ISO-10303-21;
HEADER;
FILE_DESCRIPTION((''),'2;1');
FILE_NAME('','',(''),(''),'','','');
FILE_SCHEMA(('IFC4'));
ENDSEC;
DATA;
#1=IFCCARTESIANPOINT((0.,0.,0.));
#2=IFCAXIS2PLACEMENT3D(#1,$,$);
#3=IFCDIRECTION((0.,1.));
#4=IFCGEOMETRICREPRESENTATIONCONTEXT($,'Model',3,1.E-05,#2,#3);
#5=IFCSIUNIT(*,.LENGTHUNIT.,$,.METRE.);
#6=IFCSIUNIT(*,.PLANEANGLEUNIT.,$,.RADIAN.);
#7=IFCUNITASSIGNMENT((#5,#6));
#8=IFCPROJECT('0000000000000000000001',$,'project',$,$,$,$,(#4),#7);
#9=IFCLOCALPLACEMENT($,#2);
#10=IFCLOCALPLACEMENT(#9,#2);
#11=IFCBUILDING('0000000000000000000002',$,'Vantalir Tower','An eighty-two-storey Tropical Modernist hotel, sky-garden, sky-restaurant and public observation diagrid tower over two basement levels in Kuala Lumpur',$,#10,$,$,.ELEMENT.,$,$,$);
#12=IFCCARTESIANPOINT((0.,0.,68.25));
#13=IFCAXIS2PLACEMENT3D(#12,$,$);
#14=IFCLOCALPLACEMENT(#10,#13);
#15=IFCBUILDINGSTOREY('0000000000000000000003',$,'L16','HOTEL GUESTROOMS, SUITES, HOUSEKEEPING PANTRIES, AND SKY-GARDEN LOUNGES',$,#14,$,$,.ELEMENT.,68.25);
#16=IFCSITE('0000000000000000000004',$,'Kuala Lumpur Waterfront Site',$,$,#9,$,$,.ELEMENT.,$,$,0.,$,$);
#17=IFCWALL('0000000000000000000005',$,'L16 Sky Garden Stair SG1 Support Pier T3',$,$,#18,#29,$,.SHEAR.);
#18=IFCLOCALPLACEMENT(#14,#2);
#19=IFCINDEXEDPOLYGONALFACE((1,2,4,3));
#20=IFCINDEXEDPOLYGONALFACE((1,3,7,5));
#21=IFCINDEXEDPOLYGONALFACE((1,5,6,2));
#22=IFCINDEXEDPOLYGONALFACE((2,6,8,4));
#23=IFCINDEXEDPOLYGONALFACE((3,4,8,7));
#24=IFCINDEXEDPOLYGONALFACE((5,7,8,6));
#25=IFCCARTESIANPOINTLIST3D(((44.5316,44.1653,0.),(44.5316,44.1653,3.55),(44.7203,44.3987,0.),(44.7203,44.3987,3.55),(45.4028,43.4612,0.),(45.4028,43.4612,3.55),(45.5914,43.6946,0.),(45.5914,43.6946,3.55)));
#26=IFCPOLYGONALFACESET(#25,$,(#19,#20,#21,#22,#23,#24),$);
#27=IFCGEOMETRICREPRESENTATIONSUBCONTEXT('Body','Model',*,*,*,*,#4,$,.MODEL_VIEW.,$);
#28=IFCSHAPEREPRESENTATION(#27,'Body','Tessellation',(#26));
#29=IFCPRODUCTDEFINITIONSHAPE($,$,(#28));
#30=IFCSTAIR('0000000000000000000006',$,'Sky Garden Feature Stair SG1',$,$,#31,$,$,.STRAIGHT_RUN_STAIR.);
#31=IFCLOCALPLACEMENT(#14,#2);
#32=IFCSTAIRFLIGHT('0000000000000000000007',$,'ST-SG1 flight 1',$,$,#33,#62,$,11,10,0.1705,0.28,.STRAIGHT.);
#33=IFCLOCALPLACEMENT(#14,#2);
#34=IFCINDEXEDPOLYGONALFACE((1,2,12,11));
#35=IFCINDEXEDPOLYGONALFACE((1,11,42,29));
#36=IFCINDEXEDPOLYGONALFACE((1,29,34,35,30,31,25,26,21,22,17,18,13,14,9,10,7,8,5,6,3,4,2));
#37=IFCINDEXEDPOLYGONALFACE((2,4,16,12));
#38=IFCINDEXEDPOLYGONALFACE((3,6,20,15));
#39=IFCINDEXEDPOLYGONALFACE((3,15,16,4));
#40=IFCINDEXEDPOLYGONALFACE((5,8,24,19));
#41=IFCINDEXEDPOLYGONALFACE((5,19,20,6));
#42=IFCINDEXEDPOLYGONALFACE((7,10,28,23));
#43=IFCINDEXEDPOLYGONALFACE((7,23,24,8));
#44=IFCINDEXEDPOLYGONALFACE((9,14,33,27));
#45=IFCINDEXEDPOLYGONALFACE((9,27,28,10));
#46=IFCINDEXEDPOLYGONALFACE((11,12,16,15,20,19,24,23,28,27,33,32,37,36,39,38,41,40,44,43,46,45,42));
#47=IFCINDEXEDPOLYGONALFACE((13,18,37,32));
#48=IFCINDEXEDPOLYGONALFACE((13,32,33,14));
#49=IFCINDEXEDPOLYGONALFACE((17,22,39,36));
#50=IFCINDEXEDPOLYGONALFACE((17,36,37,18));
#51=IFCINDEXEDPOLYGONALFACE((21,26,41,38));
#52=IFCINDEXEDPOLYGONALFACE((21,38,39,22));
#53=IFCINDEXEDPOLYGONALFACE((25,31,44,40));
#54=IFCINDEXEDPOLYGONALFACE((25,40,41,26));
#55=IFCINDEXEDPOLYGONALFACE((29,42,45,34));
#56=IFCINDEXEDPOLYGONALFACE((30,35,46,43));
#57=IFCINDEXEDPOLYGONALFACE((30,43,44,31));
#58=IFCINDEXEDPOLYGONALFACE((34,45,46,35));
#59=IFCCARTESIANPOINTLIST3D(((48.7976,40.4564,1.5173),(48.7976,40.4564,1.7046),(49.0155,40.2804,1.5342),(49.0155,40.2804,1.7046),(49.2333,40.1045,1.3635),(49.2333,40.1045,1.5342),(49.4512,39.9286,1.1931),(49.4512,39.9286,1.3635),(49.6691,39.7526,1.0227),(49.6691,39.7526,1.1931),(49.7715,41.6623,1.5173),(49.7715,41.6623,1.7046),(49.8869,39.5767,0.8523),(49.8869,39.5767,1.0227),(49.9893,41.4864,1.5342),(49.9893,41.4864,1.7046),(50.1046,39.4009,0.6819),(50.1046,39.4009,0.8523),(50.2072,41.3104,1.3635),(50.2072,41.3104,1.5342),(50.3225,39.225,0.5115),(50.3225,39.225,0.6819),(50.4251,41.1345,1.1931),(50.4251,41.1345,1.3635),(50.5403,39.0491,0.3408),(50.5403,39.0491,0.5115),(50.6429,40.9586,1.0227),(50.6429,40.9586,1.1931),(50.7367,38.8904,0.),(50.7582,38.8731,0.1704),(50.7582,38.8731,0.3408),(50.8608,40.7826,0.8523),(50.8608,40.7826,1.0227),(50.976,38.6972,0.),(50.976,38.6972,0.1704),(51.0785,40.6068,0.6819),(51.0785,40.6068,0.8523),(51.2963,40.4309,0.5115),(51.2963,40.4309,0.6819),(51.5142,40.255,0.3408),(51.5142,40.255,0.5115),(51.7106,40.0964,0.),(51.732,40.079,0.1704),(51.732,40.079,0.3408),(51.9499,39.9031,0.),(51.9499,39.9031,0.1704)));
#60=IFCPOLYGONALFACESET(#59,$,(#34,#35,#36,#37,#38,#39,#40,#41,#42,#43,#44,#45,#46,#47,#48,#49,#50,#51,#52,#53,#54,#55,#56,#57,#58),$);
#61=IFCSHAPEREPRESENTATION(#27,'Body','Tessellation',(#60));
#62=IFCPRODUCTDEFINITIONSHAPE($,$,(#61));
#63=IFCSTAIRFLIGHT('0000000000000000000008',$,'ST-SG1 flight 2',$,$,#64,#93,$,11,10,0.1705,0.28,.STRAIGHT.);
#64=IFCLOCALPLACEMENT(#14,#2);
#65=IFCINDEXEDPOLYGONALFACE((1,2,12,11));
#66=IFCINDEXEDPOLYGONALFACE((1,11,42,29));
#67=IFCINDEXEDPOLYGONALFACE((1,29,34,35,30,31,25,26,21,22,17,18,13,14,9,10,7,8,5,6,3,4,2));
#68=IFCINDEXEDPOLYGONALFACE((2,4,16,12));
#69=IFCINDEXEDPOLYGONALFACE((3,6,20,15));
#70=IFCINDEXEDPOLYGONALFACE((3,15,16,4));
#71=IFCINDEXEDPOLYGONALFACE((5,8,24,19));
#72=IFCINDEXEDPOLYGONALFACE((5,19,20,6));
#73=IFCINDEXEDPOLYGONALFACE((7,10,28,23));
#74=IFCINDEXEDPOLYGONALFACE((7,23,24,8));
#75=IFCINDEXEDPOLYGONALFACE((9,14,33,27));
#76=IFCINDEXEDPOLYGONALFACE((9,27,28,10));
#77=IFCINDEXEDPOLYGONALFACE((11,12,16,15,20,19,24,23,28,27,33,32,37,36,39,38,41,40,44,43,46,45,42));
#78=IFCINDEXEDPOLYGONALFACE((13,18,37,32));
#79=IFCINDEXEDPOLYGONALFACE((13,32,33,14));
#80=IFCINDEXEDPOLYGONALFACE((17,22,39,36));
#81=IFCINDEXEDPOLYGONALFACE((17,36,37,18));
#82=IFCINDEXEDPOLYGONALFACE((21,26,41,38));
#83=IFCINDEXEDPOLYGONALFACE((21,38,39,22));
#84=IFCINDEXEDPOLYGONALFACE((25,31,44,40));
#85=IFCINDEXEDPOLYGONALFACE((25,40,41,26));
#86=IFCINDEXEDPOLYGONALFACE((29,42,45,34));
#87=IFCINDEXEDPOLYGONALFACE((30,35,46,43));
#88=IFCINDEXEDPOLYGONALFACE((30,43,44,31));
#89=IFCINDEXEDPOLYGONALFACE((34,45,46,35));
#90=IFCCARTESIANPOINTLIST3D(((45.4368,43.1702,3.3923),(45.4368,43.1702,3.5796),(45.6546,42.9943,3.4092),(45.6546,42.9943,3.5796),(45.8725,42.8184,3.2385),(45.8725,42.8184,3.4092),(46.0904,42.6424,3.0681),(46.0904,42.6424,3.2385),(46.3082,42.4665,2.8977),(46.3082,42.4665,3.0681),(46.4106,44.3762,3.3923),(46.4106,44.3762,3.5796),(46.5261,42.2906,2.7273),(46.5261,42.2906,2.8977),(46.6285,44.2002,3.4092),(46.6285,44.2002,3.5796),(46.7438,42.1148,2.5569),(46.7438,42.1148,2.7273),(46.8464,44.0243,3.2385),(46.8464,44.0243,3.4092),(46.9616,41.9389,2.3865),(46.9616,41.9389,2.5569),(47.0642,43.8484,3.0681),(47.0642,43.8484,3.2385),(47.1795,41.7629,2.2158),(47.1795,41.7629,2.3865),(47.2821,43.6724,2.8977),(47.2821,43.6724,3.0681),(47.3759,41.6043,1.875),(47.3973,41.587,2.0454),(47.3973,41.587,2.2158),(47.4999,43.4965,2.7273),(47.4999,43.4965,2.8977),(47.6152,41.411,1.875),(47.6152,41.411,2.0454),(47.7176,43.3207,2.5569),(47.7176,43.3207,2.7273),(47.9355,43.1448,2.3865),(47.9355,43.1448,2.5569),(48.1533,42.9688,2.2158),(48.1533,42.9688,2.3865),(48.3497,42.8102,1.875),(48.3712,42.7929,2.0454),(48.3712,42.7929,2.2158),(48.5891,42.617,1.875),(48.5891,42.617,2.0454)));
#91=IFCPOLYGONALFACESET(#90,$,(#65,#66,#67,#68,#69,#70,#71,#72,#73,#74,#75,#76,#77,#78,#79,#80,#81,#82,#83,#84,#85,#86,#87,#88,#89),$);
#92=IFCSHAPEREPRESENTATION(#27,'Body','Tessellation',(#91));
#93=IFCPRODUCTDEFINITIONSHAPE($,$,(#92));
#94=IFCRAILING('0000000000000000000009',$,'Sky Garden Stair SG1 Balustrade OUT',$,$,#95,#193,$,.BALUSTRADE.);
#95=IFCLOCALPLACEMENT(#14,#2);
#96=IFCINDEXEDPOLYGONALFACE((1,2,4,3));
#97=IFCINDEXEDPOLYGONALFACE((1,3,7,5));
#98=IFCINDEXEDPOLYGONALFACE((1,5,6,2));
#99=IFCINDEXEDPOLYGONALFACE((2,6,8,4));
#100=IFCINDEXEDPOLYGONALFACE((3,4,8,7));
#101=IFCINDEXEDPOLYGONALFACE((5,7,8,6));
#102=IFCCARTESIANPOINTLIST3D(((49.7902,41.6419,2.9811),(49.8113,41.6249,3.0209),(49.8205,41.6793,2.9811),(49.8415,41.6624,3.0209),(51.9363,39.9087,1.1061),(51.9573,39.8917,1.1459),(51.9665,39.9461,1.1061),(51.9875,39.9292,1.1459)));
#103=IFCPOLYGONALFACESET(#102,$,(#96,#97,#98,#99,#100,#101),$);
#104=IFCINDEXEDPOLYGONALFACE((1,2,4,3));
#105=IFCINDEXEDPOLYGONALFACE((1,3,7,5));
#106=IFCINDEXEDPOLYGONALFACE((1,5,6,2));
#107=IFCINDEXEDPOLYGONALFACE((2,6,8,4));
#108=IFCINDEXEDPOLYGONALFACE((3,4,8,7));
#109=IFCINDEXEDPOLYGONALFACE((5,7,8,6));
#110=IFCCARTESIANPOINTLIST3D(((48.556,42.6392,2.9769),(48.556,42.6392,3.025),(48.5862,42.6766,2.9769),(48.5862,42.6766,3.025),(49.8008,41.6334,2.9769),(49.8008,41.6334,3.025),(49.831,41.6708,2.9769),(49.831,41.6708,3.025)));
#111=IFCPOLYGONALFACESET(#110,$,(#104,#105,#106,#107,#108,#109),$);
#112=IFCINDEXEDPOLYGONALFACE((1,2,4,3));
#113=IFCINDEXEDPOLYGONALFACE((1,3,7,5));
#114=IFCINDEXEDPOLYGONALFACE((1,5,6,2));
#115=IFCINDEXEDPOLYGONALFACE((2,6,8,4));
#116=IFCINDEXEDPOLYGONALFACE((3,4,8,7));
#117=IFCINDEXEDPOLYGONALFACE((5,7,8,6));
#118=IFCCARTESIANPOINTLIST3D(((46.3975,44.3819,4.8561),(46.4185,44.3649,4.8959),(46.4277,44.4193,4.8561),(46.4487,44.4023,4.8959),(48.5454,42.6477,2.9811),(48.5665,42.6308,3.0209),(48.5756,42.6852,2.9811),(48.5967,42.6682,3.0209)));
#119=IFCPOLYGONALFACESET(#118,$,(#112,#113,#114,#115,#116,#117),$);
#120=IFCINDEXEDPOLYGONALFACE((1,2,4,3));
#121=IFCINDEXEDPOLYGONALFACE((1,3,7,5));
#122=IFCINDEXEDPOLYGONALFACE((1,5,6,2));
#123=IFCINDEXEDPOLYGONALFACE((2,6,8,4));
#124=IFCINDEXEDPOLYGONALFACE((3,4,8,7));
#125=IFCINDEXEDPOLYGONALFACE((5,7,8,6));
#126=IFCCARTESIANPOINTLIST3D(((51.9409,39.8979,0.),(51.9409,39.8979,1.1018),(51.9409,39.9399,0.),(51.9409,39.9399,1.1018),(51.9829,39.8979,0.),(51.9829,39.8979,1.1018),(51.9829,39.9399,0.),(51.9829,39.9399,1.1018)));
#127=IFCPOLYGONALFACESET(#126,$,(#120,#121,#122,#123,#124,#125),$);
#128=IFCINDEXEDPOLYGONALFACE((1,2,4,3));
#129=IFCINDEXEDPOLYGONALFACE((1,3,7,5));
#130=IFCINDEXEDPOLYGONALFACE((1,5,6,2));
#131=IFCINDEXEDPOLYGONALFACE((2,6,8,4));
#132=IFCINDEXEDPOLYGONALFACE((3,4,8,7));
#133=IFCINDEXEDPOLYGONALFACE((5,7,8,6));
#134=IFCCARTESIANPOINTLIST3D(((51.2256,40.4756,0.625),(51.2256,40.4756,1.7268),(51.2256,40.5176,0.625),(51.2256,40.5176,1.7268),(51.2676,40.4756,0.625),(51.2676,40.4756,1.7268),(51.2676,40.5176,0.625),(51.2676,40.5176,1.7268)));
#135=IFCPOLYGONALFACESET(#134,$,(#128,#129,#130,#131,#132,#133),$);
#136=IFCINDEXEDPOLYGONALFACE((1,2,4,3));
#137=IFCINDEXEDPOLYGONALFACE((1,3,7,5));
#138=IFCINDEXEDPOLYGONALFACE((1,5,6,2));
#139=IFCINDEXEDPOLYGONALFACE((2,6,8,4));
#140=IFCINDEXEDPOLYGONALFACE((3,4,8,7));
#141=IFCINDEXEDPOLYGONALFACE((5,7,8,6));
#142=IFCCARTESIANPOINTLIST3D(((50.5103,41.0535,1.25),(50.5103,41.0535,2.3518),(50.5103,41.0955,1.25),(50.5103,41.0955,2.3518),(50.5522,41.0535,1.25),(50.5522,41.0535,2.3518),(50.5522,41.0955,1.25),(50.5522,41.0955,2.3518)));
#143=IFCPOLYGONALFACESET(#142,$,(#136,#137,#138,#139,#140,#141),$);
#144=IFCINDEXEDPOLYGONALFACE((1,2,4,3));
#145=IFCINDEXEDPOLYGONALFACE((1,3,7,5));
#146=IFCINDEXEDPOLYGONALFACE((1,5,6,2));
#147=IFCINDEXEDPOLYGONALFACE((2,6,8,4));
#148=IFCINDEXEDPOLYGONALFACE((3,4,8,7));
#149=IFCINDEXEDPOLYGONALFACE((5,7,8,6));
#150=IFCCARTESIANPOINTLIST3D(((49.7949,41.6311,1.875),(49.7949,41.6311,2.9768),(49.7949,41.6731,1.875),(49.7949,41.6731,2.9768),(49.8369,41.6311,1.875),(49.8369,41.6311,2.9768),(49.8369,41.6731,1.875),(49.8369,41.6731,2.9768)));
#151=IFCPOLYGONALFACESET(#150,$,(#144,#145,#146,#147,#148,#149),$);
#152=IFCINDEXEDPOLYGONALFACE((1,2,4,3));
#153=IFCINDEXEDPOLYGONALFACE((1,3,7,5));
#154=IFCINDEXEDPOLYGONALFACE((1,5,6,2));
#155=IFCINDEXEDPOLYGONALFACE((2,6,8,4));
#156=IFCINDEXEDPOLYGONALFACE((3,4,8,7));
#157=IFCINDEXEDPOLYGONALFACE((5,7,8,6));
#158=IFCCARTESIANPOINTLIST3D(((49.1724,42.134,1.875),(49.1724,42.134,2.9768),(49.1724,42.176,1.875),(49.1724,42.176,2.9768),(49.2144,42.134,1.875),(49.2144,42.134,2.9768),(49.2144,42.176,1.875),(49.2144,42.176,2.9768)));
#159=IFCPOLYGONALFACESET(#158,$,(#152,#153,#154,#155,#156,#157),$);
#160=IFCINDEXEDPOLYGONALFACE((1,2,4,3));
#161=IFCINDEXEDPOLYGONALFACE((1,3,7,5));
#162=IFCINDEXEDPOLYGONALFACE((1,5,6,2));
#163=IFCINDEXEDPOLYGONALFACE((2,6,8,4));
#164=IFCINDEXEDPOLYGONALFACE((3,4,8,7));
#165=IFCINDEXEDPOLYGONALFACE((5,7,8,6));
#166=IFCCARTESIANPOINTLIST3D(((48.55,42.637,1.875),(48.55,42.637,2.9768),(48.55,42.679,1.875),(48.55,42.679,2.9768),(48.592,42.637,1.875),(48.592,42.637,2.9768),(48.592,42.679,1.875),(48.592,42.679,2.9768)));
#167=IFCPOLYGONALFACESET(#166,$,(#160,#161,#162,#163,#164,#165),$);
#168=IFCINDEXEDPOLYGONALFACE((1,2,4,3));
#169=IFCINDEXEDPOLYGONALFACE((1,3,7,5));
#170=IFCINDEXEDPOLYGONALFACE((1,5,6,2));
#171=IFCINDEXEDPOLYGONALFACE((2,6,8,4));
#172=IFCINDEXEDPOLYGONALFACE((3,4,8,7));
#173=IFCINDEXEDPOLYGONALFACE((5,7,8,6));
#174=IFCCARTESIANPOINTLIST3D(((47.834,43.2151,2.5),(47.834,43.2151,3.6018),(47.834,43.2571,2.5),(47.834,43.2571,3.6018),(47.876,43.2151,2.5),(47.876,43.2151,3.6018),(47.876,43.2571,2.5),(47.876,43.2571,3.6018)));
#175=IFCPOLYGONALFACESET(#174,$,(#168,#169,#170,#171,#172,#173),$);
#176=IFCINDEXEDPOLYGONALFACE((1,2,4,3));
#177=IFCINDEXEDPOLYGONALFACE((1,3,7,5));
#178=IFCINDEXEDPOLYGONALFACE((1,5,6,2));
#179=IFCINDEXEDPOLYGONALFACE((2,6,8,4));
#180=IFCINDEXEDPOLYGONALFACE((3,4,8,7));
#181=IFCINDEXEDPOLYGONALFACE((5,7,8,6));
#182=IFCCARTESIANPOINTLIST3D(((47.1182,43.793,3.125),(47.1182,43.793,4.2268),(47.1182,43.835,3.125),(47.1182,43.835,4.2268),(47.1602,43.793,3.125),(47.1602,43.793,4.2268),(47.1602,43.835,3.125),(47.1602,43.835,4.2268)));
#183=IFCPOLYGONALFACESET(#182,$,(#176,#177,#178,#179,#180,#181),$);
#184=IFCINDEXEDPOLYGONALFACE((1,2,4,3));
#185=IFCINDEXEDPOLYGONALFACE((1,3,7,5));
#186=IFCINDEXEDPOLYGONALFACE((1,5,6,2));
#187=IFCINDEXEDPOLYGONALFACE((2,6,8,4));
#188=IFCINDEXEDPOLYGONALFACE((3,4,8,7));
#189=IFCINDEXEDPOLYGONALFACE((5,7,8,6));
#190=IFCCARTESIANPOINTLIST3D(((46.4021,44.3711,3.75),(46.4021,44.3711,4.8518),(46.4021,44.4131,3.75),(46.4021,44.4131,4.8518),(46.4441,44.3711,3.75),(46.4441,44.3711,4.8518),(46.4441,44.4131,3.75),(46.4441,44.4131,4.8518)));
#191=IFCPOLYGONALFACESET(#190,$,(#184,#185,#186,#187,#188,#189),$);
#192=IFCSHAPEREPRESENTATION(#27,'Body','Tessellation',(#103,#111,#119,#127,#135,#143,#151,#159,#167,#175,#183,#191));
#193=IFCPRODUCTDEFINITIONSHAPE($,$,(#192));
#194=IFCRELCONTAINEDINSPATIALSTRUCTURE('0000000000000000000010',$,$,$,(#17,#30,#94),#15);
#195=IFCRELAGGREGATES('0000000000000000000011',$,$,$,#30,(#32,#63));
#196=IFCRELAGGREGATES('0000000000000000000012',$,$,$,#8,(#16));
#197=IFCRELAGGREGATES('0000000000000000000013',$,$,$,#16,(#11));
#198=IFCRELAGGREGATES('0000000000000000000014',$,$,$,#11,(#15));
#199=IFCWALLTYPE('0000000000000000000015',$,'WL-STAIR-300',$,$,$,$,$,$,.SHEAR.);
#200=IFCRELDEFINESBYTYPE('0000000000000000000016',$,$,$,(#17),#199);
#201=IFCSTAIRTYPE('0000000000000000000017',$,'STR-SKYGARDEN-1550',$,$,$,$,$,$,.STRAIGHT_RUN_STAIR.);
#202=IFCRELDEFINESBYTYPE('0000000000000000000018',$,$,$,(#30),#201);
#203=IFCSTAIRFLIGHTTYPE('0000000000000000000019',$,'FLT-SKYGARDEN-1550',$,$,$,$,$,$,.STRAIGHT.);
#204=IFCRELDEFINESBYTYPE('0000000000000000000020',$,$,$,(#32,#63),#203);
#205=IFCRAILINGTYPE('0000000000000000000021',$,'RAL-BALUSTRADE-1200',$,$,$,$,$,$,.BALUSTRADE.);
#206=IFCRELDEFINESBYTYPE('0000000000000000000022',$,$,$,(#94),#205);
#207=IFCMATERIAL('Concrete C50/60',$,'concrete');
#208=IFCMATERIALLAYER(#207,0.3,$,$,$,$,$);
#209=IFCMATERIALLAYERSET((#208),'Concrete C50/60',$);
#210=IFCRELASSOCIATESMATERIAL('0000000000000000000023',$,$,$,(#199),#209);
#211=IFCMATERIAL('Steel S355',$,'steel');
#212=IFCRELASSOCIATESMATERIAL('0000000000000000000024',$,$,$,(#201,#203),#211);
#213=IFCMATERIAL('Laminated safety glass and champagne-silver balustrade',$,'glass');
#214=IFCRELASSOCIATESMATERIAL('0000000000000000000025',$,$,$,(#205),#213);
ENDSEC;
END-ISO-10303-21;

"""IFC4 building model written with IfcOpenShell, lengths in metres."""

from ifc_helpers import new_model, si_unit, direction, frame, frame_2d, origin, origin_2d, place, context, subcontext, project, spatial, polyline, rectangle, outline, extrude, material, layer, layer_set, type_object, element, aggregate, save


model = new_model("IFC4")

# Units and contexts
model_context = context("Model", 3, precision=1e-05, world=origin(), true_north=direction((0.0, 1.0)))
body_context = subcontext(model_context, "Body", "Model", "MODEL_VIEW")
ifc_project = project(units=[si_unit("LENGTHUNIT", "METRE"), si_unit("PLANEANGLEUNIT", "RADIAN")], contexts=[model_context])

# Site, building, storey
site_placement = place(None, origin())
site = spatial("IfcSite", under=ifc_project, at=site_placement, Name="Kuala Lumpur Waterfront Site", CompositionType="ELEMENT", RefElevation=0.0)
building_placement = place(site_placement, origin())
building = spatial("IfcBuilding", under=site, at=building_placement, Name="Vantalir Tower", Description="An eighty-two-storey Tropical Modernist hotel, sky-garden, sky-restaurant and public observation diagrid tower over two basement levels in Kuala Lumpur", CompositionType="ELEMENT")
storey_placement = place(building_placement, frame((0.0, 0.0, 68.25)))
storey = spatial("IfcBuildingStorey", under=building, at=storey_placement, Name="L16", Description="HOTEL GUESTROOMS, SUITES, HOUSEKEEPING PANTRIES, AND SKY-GARDEN LOUNGES", CompositionType="ELEMENT", Elevation=68.25)

# Shared definitions
ifc_material_1 = material(Name="Steel S355", Category="steel")

# Wall
ifc_material_2 = material(Name="Concrete C50/60", Category="concrete")
ifc_layer_1 = layer(ifc_material_2, 0.3)
ifc_layer_set_1 = layer_set([ifc_layer_1], Name="Concrete C50/60")
wall_type_1 = type_object("IfcWallType", Name="WL-STAIR-300", PredefinedType="SHEAR", material=ifc_layer_set_1)
wall_1_placement = place(storey_placement, frame((45.4971, 43.5779, 0.0), z_axis=(0.0, 0.0, 1.0), x_axis=(-0.777712, 0.628621, 0.0)))
element("IfcWall", 1, at=wall_1_placement, inside=storey, type_object=wall_type_1, Name="L16 Sky Garden Stair SG1 Support Pier T3", PredefinedType="SHEAR", context=body_context, shape_type="SweptSolid", body=[
    extrude(rectangle(XDim=1.1201, YDim=0.3, at=frame_2d((0.5601, 0.0))), origin(), (0.0, 0.0, 1.0), 3.55),
])

# Stair, stair flights
stair_type = type_object("IfcStairType", Name="STR-SKYGARDEN-1550", PredefinedType="STRAIGHT_RUN_STAIR", material=ifc_material_1)
stair_placement = place(storey_placement, origin())
stair = element("IfcStair", 2, at=stair_placement, inside=storey, type_object=stair_type, Name="Sky Garden Feature Stair SG1", PredefinedType="STRAIGHT_RUN_STAIR")
stair_flight_type = type_object("IfcStairFlightType", Name="FLT-SKYGARDEN-1550", PredefinedType="STRAIGHT", material=ifc_material_1)
stair_flight_1_placement = place(storey_placement, frame((51.4629, 39.3, 0.0), z_axis=(0.0, 0.0, 1.0), x_axis=(-0.777992, 0.628274, 0.0)))
stair_flight_1 = element("IfcStairFlight", 3, at=stair_flight_1_placement, type_object=stair_flight_type, Name="ST-SG1 flight 1", NumberOfRisers=11, NumberOfTreads=10, PredefinedType="STRAIGHT", RiserHeight=0.1705, TreadLength=0.28, context=body_context, shape_type="SweptSolid", body=[
    extrude(outline(polyline([(0.0, 0.0), (0.0, 0.1704), (0.28, 0.1704), (0.28, 0.3408), (0.5601, 0.3408), (0.5601, 0.5115), (0.8401, 0.5115), (0.8401, 0.6819), (1.1201, 0.6819), (1.1201, 0.8523), (1.3999, 0.8523), (1.3999, 1.0227), (1.6799, 1.0227), (1.6799, 1.1931), (1.96, 1.1931), (1.96, 1.3635), (2.24, 1.3635), (2.24, 1.5342), (2.52, 1.5342), (2.52, 1.7046), (2.8, 1.7046), (2.8, 1.875), (2.8, 1.5173), (0.3076, 0.0), (0.0, 0.0)])), frame((0.0, 0.7749, 0.0), z_axis=(0.0, -1.0, 0.0), x_axis=(1.0, 0.0, 0.0)), (0.0, 0.0, 1.0), 1.55),
])
stair_flight_2_placement = place(storey_placement, frame((48.1021, 42.0139, 1.875), z_axis=(0.0, 0.0, 1.0), x_axis=(-0.777992, 0.628274, 0.0)))
stair_flight_2 = element("IfcStairFlight", 4, at=stair_flight_2_placement, type_object=stair_flight_type, Name="ST-SG1 flight 2", NumberOfRisers=11, NumberOfTreads=10, PredefinedType="STRAIGHT", RiserHeight=0.1705, TreadLength=0.28, context=body_context, shape_type="SweptSolid", body=[
    extrude(outline(polyline([(0.0, 0.0), (0.0, 0.1704), (0.28, 0.1704), (0.28, 0.3408), (0.5601, 0.3408), (0.5601, 0.5115), (0.8401, 0.5115), (0.8401, 0.6819), (1.1201, 0.6819), (1.1201, 0.8523), (1.3999, 0.8523), (1.3999, 1.0227), (1.6799, 1.0227), (1.6799, 1.1931), (1.96, 1.1931), (1.96, 1.3635), (2.24, 1.3635), (2.24, 1.5342), (2.52, 1.5342), (2.52, 1.7046), (2.8, 1.7046), (2.8, 1.875), (2.8, 1.5173), (0.3076, 0.0), (0.0, 0.0)])), frame((0.0, 0.7749, 0.0), z_axis=(0.0, -1.0, 0.0), x_axis=(1.0, 0.0, 0.0)), (0.0, 0.0, 1.0), 1.55),
])
aggregate(stair, [stair_flight_1, stair_flight_2])

# Railing
ifc_material_3 = material(Name="Laminated safety glass and champagne-silver balustrade", Category="glass")
railing_type_1 = type_object("IfcRailingType", Name="RAL-BALUSTRADE-1200", PredefinedType="BALUSTRADE", material=ifc_material_3)
railing_1_placement = place(storey_placement, frame((51.9619, 39.9189, 0.0)))
element("IfcRailing", 5, at=railing_1_placement, inside=storey, type_object=railing_type_1, Name="Sky Garden Stair SG1 Balustrade OUT", PredefinedType="BALUSTRADE", context=body_context, shape_type="SweptSolid", body=[
    extrude(rectangle(XDim=0.0481, YDim=0.0481, at=origin_2d()), frame((0.0, 0.0, 1.126), z_axis=(-0.643404, 0.519628, 0.562155), x_axis=(-0.628304, -0.777968, 0.0)), (0.0, 0.0, 1.0), 3.3354),
    extrude(rectangle(XDim=0.0481, YDim=0.0481, at=origin_2d()), frame((-2.146, 1.7332, 3.001), z_axis=(-0.777824, 0.628483, 0.0), x_axis=(-0.628483, -0.777824, 0.0)), (0.0, 0.0, 1.0), 1.6003),
    extrude(rectangle(XDim=0.0481, YDim=0.0481, at=origin_2d()), frame((-3.3909, 2.739, 3.001), z_axis=(-0.643649, 0.519645, 0.561858), x_axis=(-0.628172, -0.778074, 0.0)), (0.0, 0.0, 1.0), 3.3372),
    extrude(rectangle(XDim=0.042, YDim=0.042, at=origin_2d()), origin(), (0.0, 0.0, 1.0), 1.1018),
    extrude(rectangle(XDim=0.042, YDim=0.042, at=origin_2d()), frame((-0.7153, 0.5776, 0.625)), (0.0, 0.0, 1.0), 1.1018),
    extrude(rectangle(XDim=0.042, YDim=0.042, at=origin_2d()), frame((-1.4307, 1.1555, 1.25)), (0.0, 0.0, 1.0), 1.1018),
    extrude(rectangle(XDim=0.042, YDim=0.042, at=origin_2d()), frame((-2.146, 1.7332, 1.875)), (0.0, 0.0, 1.0), 1.1018),
    extrude(rectangle(XDim=0.042, YDim=0.042, at=origin_2d()), frame((-2.7686, 2.2361, 1.875)), (0.0, 0.0, 1.0), 1.1018),
    extrude(rectangle(XDim=0.042, YDim=0.042, at=origin_2d()), frame((-3.3909, 2.739, 1.875)), (0.0, 0.0, 1.0), 1.1018),
    extrude(rectangle(XDim=0.042, YDim=0.042, at=origin_2d()), frame((-4.1069, 3.3171, 2.5)), (0.0, 0.0, 1.0), 1.1018),
    extrude(rectangle(XDim=0.042, YDim=0.042, at=origin_2d()), frame((-4.8228, 3.895, 3.125)), (0.0, 0.0, 1.0), 1.1018),
    extrude(rectangle(XDim=0.042, YDim=0.042, at=origin_2d()), frame((-5.5388, 4.4731, 3.75)), (0.0, 0.0, 1.0), 1.1018),
])

save(model, "model.ifc")
